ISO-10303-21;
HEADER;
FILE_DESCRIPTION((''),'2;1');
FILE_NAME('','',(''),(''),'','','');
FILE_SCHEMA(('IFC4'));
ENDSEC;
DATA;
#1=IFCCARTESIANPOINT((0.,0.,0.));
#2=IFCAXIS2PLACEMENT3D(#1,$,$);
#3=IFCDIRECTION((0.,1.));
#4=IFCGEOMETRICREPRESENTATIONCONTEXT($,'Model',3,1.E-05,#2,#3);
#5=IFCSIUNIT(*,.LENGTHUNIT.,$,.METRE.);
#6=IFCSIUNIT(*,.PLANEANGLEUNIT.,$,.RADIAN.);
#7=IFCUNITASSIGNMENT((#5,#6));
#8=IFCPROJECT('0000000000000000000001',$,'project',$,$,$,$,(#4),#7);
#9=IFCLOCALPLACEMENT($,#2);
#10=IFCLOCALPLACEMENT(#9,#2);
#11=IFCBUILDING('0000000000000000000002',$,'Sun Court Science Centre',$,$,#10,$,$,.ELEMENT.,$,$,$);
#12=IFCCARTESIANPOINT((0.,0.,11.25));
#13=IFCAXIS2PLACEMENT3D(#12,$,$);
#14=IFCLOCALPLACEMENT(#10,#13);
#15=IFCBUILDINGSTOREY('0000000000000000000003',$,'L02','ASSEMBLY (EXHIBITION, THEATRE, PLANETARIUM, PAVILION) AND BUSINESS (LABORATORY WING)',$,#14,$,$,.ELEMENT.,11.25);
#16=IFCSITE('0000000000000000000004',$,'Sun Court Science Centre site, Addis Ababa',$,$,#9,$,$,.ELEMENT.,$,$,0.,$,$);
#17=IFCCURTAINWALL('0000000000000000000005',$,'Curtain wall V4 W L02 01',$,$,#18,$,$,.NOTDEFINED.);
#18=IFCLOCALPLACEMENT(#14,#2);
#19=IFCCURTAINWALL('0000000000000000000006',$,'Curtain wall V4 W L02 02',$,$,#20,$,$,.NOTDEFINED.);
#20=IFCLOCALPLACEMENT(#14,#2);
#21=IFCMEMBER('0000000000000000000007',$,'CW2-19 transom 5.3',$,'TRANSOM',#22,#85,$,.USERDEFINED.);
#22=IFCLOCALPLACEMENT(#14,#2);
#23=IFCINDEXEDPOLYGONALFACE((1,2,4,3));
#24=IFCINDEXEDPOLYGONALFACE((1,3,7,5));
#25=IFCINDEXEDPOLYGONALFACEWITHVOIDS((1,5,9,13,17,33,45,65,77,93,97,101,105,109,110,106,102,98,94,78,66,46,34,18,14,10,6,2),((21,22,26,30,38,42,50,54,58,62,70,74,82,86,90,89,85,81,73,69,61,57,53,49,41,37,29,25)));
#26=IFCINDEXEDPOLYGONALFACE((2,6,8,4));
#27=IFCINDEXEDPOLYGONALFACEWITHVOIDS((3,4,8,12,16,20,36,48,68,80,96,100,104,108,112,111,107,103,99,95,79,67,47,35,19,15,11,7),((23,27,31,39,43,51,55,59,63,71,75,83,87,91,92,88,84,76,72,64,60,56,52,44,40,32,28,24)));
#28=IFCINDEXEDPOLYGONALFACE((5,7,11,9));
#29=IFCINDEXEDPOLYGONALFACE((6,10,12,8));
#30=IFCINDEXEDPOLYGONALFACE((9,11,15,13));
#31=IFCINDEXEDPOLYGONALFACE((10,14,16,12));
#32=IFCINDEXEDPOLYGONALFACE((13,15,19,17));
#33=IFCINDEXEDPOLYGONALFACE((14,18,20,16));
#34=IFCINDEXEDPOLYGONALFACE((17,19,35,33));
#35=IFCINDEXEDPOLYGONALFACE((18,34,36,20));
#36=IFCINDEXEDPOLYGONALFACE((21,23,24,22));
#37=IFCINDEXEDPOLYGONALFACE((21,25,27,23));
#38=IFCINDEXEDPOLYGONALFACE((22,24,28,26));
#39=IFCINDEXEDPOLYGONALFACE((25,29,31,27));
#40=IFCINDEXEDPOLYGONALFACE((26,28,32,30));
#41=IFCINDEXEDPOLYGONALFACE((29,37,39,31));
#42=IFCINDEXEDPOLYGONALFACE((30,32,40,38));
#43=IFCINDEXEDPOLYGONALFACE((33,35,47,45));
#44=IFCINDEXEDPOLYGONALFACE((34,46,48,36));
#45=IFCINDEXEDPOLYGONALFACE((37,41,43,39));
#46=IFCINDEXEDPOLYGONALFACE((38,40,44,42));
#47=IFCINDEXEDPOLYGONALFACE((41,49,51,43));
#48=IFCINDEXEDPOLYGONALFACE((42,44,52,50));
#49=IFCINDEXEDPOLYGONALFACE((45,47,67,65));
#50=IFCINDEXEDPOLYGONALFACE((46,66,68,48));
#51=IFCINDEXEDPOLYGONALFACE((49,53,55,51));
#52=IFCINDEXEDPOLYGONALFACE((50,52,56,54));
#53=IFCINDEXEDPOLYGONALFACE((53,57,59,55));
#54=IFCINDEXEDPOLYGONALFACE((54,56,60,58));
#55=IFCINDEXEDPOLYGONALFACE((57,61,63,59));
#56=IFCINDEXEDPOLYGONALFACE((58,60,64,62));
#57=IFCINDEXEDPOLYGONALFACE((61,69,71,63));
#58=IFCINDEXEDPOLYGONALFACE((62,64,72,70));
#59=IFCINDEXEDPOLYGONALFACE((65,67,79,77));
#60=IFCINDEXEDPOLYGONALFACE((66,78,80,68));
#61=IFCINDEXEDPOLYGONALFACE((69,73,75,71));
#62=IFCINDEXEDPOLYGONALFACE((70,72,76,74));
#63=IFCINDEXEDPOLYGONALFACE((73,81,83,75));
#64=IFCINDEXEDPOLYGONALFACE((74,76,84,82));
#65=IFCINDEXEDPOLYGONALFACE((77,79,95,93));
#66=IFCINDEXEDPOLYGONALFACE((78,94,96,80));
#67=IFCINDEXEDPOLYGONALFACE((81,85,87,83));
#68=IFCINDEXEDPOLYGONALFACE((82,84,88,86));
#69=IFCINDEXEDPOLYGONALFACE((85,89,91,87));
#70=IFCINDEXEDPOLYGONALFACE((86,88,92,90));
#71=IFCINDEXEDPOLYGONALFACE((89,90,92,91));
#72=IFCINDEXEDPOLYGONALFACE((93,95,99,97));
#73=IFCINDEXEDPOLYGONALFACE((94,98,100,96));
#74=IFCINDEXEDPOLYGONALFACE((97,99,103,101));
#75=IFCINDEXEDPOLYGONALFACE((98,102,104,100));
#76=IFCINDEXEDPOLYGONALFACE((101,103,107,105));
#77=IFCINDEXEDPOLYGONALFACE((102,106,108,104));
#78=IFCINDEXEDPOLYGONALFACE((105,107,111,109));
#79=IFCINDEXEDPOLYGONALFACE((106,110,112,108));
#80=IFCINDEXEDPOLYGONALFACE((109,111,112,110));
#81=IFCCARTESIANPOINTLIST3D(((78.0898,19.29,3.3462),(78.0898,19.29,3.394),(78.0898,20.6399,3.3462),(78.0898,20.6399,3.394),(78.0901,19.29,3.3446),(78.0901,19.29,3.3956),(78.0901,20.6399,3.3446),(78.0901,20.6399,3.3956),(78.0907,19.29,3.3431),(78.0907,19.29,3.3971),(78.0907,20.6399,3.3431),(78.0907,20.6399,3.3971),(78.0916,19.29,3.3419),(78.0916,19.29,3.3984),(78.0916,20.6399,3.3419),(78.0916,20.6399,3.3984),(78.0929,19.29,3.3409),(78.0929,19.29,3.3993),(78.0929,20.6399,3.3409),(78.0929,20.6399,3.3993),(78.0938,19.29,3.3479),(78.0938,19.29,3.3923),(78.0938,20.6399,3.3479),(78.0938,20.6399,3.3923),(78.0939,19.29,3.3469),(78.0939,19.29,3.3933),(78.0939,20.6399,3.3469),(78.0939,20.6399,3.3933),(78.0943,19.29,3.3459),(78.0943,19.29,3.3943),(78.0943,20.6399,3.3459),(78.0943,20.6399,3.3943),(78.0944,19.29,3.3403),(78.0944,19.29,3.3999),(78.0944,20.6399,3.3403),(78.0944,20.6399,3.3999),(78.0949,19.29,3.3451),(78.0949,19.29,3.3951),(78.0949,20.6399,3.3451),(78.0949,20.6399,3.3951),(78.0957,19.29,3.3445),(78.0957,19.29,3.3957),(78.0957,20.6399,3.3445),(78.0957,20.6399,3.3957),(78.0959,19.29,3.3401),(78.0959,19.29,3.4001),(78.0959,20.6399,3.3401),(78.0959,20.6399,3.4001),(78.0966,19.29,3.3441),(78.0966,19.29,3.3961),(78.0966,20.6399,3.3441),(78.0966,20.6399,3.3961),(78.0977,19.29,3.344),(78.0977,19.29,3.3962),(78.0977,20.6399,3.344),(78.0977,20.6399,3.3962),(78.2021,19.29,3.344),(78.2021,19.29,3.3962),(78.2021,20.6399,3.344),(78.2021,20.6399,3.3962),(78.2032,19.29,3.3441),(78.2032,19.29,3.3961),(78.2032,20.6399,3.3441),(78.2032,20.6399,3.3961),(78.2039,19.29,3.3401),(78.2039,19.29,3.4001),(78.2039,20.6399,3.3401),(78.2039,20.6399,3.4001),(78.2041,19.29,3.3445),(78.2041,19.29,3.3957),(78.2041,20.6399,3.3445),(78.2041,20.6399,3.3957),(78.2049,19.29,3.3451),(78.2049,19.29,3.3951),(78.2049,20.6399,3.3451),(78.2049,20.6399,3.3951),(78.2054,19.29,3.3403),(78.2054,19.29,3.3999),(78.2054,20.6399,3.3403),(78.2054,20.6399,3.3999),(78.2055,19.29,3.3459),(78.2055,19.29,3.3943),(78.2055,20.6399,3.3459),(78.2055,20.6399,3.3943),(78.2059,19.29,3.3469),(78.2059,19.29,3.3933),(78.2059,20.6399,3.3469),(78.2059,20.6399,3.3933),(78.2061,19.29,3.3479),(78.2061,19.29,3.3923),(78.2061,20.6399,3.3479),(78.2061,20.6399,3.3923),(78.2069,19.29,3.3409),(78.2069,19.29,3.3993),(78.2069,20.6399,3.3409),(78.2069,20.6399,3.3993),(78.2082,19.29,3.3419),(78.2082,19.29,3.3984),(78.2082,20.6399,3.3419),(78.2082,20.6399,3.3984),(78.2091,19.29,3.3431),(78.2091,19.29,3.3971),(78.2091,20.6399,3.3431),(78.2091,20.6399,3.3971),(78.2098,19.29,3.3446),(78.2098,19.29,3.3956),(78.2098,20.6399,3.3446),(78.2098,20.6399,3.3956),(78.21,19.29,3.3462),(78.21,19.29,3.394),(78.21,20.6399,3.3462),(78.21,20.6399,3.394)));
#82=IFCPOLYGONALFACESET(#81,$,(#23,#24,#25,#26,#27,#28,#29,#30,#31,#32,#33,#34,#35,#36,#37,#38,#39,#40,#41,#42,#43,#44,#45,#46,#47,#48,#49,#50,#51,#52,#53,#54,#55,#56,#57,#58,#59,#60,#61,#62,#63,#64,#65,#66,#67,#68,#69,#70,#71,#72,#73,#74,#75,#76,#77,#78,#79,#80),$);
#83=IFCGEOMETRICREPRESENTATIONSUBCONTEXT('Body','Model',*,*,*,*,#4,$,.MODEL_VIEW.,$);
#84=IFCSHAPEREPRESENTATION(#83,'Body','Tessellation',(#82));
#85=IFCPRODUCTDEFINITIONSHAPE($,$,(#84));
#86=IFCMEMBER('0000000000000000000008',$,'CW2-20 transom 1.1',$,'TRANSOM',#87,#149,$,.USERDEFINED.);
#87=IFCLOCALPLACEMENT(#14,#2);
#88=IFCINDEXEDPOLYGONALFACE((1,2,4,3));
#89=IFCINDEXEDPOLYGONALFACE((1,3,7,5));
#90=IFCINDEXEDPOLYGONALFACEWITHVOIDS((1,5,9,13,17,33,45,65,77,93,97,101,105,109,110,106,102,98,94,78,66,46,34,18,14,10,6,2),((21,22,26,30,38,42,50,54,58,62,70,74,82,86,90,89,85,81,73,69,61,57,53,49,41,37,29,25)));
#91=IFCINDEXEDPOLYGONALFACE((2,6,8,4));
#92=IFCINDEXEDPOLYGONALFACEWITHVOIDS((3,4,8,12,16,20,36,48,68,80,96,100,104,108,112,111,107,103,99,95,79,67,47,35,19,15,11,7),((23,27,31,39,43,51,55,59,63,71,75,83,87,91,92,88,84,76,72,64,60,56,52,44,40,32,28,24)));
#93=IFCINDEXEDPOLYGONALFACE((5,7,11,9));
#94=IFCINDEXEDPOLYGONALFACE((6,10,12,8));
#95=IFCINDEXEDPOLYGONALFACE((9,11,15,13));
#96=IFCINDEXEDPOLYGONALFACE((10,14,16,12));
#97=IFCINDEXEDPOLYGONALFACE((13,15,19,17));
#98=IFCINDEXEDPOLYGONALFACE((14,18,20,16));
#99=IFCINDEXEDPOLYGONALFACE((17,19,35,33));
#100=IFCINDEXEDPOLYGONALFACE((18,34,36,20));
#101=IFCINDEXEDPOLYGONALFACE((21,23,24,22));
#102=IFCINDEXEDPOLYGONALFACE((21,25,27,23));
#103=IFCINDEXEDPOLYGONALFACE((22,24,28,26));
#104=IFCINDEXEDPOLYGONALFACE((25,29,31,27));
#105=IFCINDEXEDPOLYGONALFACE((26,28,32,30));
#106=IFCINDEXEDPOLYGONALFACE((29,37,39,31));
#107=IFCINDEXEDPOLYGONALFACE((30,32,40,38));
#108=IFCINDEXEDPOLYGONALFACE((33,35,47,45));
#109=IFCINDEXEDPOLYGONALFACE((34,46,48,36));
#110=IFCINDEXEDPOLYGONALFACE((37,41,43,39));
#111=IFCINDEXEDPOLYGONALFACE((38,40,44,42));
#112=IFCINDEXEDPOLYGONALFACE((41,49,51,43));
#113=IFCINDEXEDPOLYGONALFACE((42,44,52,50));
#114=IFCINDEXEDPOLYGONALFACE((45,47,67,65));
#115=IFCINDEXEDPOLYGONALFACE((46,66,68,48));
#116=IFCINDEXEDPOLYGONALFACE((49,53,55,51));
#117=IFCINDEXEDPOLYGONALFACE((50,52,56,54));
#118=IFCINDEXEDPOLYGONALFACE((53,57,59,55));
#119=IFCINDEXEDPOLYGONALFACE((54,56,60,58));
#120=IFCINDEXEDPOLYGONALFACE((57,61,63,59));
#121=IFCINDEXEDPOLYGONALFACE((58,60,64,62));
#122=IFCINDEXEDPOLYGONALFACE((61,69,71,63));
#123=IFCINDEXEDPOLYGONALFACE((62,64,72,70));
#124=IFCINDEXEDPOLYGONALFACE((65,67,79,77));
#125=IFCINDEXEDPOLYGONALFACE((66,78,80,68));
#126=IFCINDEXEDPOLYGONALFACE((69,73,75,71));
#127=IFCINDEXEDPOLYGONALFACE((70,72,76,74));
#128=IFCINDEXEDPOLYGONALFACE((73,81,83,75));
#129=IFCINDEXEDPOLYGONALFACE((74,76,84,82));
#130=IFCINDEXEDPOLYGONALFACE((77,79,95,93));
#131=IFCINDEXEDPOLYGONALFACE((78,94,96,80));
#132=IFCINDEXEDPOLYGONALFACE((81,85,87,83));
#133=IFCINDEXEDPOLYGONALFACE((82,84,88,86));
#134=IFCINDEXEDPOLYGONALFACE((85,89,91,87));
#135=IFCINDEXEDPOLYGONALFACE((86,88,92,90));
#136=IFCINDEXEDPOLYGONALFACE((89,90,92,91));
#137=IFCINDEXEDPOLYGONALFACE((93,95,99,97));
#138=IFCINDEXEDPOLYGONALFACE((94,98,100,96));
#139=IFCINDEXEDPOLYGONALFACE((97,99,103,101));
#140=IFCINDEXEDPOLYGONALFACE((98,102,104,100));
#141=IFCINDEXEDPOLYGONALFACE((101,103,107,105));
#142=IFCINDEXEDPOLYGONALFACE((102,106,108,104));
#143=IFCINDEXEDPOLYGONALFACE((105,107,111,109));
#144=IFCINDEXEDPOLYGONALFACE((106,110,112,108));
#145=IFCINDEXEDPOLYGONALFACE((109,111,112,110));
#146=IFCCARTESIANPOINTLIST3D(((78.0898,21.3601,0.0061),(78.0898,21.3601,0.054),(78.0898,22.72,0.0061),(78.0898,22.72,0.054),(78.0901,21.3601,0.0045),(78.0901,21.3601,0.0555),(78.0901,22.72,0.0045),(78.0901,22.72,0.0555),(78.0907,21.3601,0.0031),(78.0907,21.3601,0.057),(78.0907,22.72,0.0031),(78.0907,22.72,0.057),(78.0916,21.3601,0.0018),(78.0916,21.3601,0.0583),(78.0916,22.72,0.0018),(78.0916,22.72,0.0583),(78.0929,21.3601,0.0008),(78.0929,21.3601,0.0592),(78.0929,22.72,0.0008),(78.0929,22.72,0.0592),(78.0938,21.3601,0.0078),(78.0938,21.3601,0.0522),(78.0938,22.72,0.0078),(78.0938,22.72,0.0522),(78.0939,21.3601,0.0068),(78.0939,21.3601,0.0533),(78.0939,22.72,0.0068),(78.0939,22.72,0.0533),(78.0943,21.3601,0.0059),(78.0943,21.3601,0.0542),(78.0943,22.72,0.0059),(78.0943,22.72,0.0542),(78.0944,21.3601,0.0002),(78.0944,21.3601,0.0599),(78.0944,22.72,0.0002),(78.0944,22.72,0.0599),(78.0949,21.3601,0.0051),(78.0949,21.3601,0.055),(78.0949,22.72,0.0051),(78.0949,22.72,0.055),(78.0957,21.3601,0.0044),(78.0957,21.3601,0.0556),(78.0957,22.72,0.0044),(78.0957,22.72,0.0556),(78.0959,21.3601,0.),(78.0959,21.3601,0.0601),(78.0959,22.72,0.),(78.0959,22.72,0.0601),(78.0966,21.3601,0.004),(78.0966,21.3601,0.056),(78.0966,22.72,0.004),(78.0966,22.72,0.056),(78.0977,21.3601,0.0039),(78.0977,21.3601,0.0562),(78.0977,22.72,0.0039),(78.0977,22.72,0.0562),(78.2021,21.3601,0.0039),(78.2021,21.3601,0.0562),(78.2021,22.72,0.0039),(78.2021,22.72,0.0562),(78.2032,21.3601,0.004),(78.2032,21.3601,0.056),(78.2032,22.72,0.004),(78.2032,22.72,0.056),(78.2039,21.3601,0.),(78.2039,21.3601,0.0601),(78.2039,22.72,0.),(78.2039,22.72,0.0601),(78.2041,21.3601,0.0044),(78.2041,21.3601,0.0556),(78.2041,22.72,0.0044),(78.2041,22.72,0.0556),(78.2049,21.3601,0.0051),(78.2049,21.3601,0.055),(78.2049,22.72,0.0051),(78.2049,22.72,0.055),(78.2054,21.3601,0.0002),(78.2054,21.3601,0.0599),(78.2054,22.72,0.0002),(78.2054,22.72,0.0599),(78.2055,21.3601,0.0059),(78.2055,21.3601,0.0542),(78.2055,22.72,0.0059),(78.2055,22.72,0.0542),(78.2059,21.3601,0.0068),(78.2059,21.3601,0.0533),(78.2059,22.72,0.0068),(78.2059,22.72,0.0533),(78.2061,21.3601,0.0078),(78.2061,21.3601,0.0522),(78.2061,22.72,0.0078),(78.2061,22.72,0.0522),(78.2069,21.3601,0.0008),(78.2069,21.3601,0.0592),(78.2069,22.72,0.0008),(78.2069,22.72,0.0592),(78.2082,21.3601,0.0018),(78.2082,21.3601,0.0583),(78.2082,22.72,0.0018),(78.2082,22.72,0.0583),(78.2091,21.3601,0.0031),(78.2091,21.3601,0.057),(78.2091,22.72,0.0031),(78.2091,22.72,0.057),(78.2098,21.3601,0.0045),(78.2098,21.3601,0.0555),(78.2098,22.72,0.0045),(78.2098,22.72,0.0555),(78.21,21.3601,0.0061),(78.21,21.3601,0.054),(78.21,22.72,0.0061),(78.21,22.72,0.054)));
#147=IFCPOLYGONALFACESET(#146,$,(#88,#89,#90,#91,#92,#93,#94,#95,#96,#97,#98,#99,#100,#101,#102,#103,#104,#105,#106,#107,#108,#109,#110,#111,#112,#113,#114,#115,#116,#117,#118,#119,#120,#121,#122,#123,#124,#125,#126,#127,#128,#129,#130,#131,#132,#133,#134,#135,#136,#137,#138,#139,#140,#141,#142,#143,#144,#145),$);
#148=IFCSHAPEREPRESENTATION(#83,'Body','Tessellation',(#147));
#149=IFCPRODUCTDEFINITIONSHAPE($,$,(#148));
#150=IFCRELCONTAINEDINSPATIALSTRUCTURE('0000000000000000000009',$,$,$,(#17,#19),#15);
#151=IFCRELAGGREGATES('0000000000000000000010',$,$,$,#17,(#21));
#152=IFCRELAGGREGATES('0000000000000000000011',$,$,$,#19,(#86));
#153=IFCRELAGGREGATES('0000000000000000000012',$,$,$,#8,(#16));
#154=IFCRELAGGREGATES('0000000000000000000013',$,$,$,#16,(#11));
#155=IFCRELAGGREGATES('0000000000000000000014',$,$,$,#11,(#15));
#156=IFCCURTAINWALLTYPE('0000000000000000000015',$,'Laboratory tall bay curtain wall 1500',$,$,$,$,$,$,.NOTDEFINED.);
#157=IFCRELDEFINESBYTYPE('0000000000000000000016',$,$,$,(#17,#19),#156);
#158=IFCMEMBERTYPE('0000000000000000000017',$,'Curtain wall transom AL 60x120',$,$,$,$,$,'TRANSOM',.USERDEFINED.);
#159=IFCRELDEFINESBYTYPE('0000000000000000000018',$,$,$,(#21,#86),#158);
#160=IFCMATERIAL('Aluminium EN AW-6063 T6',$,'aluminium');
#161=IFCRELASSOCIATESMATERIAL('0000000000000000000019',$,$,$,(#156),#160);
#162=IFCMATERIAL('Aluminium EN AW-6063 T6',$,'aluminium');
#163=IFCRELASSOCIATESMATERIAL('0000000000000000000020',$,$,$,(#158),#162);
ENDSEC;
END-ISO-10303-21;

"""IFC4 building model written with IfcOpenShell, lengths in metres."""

from ifc_helpers import new_model, si_unit, direction, frame, origin, origin_2d, place, context, subcontext, project, spatial, hollow_rectangle, extrude, material, material_profile, profile_set, type_object, element, aggregate, save


model = new_model("IFC4")

# Units and contexts
model_context = context("Model", 3, precision=1e-05, world=origin(), true_north=direction((0.0, 1.0)))
body_context = subcontext(model_context, "Body", "Model", "MODEL_VIEW")
ifc_project = project(units=[si_unit("LENGTHUNIT", "METRE"), si_unit("PLANEANGLEUNIT", "RADIAN")], contexts=[model_context])

# Site, building, storey
site_placement = place(None, origin())
site = spatial("IfcSite", under=ifc_project, at=site_placement, Name="Sun Court Science Centre site, Addis Ababa", CompositionType="ELEMENT", RefElevation=0.0)
building_placement = place(site_placement, origin())
building = spatial("IfcBuilding", under=site, at=building_placement, Name="Sun Court Science Centre", CompositionType="ELEMENT")
storey_placement = place(building_placement, frame((0.0, 0.0, 11.25)))
storey = spatial("IfcBuildingStorey", under=building, at=storey_placement, Name="L02", Description="ASSEMBLY (EXHIBITION, THEATRE, PLANETARIUM, PAVILION) AND BUSINESS (LABORATORY WING)", CompositionType="ELEMENT", Elevation=11.25)

# Curtain walls
ifc_material_1 = material(Name="Aluminium EN AW-6063 T6", Category="aluminium")
curtain_wall_type = type_object("IfcCurtainWallType", Name="Laboratory tall bay curtain wall 1500", PredefinedType="NOTDEFINED", material=ifc_material_1)
curtain_wall_1_placement = place(storey_placement, origin())
curtain_wall_1 = element("IfcCurtainWall", 1, at=curtain_wall_1_placement, inside=storey, type_object=curtain_wall_type, Name="Curtain wall V4 W L02 01", PredefinedType="NOTDEFINED")
curtain_wall_2_placement = place(storey_placement, origin())
curtain_wall_2 = element("IfcCurtainWall", 2, at=curtain_wall_2_placement, inside=storey, type_object=curtain_wall_type, Name="Curtain wall V4 W L02 02", PredefinedType="NOTDEFINED")

# Members
ifc_material_2 = material(Name="Aluminium EN AW-6063 T6", Category="aluminium")
ifc_material_profile_1 = material_profile(ifc_material_2, hollow_rectangle(XDim=0.0601, YDim=0.1201, WallThickness=0.0039, InnerFilletRadius=0.0039, OuterFilletRadius=0.0061, at=origin_2d()), Name="AL 60x120x4")
ifc_profile_set_1 = profile_set([ifc_material_profile_1], Name="Aluminium EN AW-6063 T6")
member_type_1 = type_object("IfcMemberType", Name="Curtain wall transom AL 60x120", ElementType="TRANSOM", PredefinedType="USERDEFINED", material=ifc_profile_set_1)
member_1_placement = place(storey_placement, frame((78.1499, 19.29, 3.3701), z_axis=(0.0, 1.0, 0.0), x_axis=(0.0, 0.0, 1.0)))
member_1 = element("IfcMember", 3, at=member_1_placement, type_object=member_type_1, Name="CW2-19 transom 5.3", ObjectType="TRANSOM", PredefinedType="USERDEFINED", context=body_context, shape_type="SweptSolid", body=[
    extrude(hollow_rectangle(XDim=0.0601, YDim=0.1201, WallThickness=0.0039, InnerFilletRadius=0.0039, OuterFilletRadius=0.0061, at=origin_2d()), origin(), (0.0, 0.0, 1.0), 1.3499),
])
member_2_placement = place(storey_placement, frame((78.1499, 21.3601, 0.03), z_axis=(0.0, 1.0, 0.0), x_axis=(0.0, 0.0, 1.0)))
member_2 = element("IfcMember", 4, at=member_2_placement, type_object=member_type_1, Name="CW2-20 transom 1.1", ObjectType="TRANSOM", PredefinedType="USERDEFINED", context=body_context, shape_type="SweptSolid", body=[
    extrude(hollow_rectangle(XDim=0.0601, YDim=0.1201, WallThickness=0.0039, InnerFilletRadius=0.0039, OuterFilletRadius=0.0061, at=origin_2d()), origin(), (0.0, 0.0, 1.0), 1.3599),
])

aggregate(curtain_wall_1, [member_1])
aggregate(curtain_wall_2, [member_2])

save(model, "model.ifc")
